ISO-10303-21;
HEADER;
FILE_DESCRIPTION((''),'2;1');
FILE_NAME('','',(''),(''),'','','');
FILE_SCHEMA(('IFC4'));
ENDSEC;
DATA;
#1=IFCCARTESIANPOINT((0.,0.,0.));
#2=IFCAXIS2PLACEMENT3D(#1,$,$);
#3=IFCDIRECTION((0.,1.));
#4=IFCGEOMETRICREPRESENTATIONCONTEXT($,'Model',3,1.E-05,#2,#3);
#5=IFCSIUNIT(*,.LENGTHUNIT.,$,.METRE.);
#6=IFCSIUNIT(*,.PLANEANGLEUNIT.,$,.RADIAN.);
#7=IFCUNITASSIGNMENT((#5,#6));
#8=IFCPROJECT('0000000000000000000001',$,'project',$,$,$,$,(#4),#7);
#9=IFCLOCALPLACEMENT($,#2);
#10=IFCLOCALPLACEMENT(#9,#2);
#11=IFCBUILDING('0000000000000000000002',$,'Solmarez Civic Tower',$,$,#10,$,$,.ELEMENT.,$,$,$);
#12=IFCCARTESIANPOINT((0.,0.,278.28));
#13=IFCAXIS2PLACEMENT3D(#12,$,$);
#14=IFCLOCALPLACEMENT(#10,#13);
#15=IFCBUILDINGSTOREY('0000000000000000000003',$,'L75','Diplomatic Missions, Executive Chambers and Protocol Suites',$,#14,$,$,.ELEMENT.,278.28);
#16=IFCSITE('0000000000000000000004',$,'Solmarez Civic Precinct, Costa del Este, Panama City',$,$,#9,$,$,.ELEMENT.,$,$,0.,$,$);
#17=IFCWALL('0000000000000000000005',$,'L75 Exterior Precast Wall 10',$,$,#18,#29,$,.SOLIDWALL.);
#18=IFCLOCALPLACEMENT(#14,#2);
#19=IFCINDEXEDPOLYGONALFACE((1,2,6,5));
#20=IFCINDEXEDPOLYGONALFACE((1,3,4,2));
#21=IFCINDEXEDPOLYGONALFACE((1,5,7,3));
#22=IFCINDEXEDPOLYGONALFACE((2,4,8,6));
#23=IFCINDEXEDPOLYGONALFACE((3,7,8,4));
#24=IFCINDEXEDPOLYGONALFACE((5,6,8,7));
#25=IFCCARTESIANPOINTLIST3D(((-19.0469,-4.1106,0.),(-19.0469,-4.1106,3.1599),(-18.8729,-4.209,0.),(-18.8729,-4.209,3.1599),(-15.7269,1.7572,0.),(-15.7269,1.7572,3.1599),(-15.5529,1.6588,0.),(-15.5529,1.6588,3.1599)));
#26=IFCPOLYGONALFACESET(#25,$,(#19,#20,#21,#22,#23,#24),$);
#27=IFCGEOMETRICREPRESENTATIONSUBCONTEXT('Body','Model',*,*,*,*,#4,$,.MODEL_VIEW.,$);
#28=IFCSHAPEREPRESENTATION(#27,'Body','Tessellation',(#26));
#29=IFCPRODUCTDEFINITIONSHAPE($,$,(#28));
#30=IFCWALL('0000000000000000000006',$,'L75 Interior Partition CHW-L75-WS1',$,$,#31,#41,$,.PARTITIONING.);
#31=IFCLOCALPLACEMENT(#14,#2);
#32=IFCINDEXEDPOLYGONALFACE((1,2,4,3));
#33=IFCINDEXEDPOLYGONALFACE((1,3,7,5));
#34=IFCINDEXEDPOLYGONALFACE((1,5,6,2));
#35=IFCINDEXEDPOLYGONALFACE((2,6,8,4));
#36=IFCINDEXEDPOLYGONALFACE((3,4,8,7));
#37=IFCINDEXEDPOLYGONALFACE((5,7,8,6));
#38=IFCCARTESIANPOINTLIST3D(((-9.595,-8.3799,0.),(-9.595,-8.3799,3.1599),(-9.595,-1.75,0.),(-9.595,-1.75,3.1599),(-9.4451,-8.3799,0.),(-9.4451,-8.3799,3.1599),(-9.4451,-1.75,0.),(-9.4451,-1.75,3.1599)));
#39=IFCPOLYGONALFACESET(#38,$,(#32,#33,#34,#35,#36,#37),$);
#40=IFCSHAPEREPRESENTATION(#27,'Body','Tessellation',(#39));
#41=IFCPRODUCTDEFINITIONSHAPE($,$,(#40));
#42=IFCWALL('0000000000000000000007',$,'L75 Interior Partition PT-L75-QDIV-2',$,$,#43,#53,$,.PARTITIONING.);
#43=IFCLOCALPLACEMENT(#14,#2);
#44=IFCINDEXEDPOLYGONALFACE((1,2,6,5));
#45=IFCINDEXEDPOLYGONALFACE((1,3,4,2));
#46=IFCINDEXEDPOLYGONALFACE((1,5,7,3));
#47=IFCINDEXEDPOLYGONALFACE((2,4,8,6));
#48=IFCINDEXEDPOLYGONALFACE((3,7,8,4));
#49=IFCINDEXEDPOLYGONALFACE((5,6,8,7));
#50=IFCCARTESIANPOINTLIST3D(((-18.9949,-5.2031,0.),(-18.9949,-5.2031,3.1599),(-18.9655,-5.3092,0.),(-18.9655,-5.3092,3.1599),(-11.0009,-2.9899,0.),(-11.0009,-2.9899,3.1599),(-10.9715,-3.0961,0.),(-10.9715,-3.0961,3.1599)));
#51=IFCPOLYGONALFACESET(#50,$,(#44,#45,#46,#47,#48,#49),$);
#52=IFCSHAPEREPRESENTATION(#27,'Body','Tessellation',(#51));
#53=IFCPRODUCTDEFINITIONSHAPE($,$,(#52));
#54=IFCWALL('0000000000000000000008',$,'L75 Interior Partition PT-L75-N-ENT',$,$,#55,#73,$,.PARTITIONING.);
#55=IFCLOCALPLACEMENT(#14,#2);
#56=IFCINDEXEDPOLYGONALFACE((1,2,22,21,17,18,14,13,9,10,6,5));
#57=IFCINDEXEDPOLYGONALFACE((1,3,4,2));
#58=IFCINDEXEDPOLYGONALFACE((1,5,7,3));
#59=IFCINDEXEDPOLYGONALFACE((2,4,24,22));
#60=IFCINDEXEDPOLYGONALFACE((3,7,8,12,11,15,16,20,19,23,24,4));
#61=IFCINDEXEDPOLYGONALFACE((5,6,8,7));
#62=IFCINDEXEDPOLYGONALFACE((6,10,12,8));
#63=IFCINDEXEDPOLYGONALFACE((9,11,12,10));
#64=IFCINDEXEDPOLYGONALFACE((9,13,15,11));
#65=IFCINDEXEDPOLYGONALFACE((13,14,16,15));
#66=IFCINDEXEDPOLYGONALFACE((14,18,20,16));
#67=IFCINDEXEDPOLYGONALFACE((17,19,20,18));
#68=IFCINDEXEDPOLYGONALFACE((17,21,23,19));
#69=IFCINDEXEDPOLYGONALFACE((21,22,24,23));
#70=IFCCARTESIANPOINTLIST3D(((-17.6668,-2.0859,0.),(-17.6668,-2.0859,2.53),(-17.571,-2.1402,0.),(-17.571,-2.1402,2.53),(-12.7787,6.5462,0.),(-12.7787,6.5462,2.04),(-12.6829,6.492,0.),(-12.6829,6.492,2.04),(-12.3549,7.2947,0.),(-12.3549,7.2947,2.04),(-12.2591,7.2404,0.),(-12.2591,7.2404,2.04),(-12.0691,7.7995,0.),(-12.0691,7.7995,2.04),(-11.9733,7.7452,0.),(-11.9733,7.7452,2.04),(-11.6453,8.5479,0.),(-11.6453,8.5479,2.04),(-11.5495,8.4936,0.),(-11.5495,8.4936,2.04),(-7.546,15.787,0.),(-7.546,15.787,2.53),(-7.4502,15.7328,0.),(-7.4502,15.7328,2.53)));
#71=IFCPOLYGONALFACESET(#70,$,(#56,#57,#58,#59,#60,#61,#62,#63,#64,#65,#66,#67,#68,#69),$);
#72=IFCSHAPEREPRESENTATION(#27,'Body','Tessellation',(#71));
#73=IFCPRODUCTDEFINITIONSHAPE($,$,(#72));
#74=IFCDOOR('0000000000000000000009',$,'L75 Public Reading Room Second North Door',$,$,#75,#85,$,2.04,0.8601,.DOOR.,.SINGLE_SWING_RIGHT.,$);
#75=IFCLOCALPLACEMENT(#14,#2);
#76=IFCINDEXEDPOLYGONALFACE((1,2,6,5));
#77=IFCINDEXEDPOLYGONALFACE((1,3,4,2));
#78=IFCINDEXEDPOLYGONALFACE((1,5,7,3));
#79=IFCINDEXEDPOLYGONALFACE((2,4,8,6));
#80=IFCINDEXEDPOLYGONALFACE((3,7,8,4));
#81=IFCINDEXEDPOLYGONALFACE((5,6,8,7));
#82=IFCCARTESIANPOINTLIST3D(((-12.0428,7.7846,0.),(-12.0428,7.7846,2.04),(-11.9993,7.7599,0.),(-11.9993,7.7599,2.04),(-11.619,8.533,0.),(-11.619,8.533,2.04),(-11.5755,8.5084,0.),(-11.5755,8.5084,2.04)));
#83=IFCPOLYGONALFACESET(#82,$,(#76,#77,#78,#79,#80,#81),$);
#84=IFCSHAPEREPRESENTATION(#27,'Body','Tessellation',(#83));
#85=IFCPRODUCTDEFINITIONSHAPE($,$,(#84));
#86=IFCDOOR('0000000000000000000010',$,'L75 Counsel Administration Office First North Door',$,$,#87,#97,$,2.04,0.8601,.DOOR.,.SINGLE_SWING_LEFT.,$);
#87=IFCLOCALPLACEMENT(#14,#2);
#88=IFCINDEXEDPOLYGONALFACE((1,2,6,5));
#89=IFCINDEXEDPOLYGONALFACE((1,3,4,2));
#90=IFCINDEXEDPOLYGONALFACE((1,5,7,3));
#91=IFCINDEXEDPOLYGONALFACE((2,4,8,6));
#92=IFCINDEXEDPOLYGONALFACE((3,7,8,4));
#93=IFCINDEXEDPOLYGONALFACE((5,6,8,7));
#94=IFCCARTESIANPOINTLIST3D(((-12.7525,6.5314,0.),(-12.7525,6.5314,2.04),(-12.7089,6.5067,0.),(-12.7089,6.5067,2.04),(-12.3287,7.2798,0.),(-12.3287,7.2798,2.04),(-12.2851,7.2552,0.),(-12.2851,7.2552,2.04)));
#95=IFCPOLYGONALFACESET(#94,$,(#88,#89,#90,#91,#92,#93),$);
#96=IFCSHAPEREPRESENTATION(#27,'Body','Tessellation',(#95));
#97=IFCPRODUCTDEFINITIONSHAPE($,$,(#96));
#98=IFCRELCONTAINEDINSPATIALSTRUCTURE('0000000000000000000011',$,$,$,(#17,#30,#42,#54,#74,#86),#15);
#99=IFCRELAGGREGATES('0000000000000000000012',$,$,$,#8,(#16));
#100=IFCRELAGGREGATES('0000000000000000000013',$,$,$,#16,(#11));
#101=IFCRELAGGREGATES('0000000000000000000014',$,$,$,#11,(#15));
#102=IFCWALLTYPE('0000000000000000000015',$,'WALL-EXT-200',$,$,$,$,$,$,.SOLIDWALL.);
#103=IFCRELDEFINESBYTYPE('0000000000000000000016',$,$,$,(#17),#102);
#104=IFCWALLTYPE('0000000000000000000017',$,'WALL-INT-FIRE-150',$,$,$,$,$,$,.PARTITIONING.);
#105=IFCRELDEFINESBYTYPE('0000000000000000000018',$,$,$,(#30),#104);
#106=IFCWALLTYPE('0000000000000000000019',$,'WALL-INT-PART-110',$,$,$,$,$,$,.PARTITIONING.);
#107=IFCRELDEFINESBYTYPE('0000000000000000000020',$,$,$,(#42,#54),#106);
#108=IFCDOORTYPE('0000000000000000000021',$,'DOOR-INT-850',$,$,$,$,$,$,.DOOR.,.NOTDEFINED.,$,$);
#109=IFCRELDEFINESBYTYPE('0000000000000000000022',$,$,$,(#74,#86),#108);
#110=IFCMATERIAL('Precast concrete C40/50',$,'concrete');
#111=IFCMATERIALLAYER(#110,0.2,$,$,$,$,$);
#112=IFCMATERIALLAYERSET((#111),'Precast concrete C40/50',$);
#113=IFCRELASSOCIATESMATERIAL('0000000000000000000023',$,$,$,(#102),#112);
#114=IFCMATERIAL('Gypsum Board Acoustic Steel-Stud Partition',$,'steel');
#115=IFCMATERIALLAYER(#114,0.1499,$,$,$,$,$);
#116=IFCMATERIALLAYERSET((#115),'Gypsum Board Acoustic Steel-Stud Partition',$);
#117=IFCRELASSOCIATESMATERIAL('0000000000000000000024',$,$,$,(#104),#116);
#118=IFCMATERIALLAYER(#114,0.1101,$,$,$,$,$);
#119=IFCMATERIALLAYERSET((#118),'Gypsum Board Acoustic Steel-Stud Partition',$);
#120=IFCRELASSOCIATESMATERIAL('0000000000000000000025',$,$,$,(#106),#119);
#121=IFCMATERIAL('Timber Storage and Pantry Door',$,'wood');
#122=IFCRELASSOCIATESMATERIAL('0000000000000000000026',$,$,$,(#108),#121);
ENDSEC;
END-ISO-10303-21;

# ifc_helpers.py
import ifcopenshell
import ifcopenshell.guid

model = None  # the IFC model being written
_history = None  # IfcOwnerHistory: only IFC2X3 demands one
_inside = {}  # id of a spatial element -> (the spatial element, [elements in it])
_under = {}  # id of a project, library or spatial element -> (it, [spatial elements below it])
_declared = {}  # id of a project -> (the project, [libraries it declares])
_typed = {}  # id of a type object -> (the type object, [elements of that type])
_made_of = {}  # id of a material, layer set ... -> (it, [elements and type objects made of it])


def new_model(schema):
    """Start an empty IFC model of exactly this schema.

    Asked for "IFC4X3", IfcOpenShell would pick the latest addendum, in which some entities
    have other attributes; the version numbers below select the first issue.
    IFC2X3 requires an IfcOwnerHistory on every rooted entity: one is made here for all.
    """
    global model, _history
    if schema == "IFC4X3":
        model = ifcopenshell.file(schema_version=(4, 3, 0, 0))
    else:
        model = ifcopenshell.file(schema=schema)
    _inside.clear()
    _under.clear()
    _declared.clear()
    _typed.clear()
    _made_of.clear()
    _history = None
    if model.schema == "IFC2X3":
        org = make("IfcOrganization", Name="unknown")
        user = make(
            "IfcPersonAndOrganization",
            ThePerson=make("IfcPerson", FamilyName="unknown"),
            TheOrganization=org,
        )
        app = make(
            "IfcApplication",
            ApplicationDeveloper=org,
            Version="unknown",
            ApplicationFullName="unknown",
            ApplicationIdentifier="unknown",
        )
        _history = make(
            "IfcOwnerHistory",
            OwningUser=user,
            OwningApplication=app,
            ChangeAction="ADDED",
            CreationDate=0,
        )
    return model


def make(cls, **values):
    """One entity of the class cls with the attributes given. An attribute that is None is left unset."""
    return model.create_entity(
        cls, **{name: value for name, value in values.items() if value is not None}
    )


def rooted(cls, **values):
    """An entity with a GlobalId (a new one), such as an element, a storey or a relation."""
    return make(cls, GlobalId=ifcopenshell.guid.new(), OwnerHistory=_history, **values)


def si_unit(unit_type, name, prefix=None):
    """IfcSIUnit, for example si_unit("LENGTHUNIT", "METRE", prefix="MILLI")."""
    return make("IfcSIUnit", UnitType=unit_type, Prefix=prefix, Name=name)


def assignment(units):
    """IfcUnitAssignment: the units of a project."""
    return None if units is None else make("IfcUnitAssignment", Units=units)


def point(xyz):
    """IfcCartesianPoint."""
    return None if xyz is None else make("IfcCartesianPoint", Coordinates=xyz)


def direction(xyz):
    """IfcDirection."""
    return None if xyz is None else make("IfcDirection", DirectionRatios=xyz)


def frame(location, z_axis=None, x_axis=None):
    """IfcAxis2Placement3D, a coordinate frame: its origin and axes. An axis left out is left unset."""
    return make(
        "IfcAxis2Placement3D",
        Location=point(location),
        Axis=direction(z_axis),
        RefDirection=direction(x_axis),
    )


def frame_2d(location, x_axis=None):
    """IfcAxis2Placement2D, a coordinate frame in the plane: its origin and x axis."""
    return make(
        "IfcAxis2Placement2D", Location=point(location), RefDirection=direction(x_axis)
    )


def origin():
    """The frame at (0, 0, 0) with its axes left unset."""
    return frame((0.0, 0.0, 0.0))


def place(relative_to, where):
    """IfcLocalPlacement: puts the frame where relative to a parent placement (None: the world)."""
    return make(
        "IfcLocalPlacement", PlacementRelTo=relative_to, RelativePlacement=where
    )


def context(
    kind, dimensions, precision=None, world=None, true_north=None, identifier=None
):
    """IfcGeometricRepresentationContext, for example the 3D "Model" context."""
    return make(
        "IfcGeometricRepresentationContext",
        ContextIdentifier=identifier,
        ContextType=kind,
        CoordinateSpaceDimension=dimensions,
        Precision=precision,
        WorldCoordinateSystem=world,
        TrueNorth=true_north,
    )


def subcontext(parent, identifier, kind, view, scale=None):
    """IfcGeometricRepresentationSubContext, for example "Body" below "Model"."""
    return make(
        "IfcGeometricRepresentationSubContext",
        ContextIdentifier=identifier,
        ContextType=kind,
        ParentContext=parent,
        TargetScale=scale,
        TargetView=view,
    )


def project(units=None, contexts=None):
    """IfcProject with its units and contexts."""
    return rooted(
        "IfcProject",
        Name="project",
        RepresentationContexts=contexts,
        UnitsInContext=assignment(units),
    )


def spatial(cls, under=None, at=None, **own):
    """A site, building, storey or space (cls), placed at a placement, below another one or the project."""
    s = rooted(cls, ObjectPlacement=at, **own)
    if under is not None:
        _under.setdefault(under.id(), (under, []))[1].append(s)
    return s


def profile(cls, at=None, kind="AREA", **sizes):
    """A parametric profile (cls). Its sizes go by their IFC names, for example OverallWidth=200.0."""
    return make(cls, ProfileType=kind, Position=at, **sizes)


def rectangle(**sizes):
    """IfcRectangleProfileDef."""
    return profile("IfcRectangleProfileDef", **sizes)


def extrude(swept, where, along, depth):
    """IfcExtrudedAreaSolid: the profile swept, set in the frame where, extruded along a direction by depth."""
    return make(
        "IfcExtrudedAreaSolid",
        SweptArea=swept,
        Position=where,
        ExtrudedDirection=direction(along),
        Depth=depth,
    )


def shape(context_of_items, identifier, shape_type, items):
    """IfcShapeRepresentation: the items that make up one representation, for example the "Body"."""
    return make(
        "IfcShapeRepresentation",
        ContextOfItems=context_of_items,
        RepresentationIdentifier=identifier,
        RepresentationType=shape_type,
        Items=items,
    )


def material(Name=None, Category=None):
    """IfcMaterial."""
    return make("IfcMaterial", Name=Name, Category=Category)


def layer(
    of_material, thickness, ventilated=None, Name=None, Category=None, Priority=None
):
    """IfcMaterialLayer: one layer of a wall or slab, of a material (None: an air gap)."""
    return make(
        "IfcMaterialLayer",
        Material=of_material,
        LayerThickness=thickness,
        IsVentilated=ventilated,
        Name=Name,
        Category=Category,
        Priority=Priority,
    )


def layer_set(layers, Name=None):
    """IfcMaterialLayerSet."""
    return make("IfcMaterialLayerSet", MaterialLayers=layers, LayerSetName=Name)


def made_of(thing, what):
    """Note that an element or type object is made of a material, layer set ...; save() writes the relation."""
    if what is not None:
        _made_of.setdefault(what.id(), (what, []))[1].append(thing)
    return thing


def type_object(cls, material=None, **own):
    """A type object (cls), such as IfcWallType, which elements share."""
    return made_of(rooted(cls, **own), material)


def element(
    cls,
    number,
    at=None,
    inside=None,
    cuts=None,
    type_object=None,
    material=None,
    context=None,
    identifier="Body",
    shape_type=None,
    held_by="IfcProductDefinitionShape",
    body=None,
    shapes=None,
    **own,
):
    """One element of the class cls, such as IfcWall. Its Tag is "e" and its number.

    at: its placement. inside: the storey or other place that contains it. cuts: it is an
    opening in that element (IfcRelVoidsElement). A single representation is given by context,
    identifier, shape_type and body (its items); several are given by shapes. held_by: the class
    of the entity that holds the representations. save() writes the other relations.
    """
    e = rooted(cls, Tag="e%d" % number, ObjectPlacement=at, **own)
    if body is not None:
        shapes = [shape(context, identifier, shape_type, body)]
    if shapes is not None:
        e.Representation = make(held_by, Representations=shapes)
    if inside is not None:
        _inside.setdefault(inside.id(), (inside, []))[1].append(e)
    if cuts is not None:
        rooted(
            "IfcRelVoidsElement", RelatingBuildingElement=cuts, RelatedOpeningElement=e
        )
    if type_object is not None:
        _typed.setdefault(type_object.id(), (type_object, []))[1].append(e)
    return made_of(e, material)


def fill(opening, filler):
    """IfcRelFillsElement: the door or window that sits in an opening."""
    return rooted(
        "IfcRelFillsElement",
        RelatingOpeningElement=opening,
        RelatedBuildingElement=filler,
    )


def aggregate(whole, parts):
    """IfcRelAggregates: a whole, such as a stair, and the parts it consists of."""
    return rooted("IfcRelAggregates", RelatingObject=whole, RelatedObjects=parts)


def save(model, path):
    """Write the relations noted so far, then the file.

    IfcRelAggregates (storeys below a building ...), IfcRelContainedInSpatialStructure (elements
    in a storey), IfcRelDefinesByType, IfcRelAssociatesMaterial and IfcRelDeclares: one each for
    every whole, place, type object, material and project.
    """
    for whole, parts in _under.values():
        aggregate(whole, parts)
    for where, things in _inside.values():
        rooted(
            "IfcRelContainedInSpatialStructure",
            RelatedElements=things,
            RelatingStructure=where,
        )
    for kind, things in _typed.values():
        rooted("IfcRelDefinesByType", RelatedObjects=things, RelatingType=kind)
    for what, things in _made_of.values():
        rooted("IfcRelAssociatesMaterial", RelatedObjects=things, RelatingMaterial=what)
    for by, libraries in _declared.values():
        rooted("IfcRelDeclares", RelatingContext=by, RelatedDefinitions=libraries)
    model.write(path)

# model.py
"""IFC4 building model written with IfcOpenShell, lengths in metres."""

from ifc_helpers import new_model, si_unit, direction, frame, frame_2d, origin, place, context, subcontext, project, spatial, rectangle, extrude, material, layer, layer_set, type_object, element, fill, save


model = new_model("IFC4")

# Units and contexts
model_context = context("Model", 3, precision=1e-05, world=origin(), true_north=direction((0.0, 1.0)))
body_context = subcontext(model_context, "Body", "Model", "MODEL_VIEW")
ifc_project = project(units=[si_unit("LENGTHUNIT", "METRE"), si_unit("PLANEANGLEUNIT", "RADIAN")], contexts=[model_context])

# Site, building, storey
site_placement = place(None, origin())
site = spatial("IfcSite", under=ifc_project, at=site_placement, Name="Solmarez Civic Precinct, Costa del Este, Panama City", CompositionType="ELEMENT", RefElevation=0.0)
building_placement = place(site_placement, origin())
building = spatial("IfcBuilding", under=site, at=building_placement, Name="Solmarez Civic Tower", CompositionType="ELEMENT")
storey_placement = place(building_placement, frame((0.0, 0.0, 278.28)))
storey = spatial("IfcBuildingStorey", under=building, at=storey_placement, Name="L75", Description="Diplomatic Missions, Executive Chambers and Protocol Suites", CompositionType="ELEMENT", Elevation=278.28)

# Walls
ifc_material_1 = material(Name="Precast concrete C40/50", Category="concrete")
ifc_layer_1 = layer(ifc_material_1, 0.2)
ifc_layer_set_1 = layer_set([ifc_layer_1], Name="Precast concrete C40/50")
wall_type_1 = type_object("IfcWallType", Name="WALL-EXT-200", PredefinedType="SOLIDWALL", material=ifc_layer_set_1)
wall_1_placement = place(storey_placement, frame((-18.96, -4.1599, 0.0), z_axis=(0.0, 0.0, 1.0), x_axis=(0.492441, 0.870346, 0.0)))
element("IfcWall", 1, at=wall_1_placement, inside=storey, type_object=wall_type_1, Name="L75 Exterior Precast Wall 10", PredefinedType="SOLIDWALL", context=body_context, shape_type="SweptSolid", body=[
    extrude(rectangle(XDim=6.7419, YDim=0.2, at=frame_2d((3.3711, 0.0))), origin(), (0.0, 0.0, 1.0), 3.1599),
])
ifc_material_2 = material(Name="Gypsum Board Acoustic Steel-Stud Partition", Category="steel")
ifc_layer_2 = layer(ifc_material_2, 0.1499)
ifc_layer_set_2 = layer_set([ifc_layer_2], Name="Gypsum Board Acoustic Steel-Stud Partition")
wall_type_2 = type_object("IfcWallType", Name="WALL-INT-FIRE-150", PredefinedType="PARTITIONING", material=ifc_layer_set_2)
wall_2_placement = place(storey_placement, frame((-9.52, -8.3799, 0.0), z_axis=(0.0, 0.0, 1.0), x_axis=(0.0, 1.0, 0.0)))
element("IfcWall", 2, at=wall_2_placement, inside=storey, type_object=wall_type_2, Name="L75 Interior Partition CHW-L75-WS1", PredefinedType="PARTITIONING", context=body_context, shape_type="SweptSolid", body=[
    extrude(rectangle(XDim=6.6299, YDim=0.1499, at=frame_2d((3.3149, 0.0))), origin(), (0.0, 0.0, 1.0), 3.1599),
])
ifc_layer_3 = layer(ifc_material_2, 0.1101)
ifc_layer_set_3 = layer_set([ifc_layer_3], Name="Gypsum Board Acoustic Steel-Stud Partition")
wall_type_3 = type_object("IfcWallType", Name="WALL-INT-PART-110", PredefinedType="PARTITIONING", material=ifc_layer_set_3)
wall_3_placement = place(storey_placement, frame((-10.9861, -3.043, 0.0), z_axis=(0.0, 0.0, 1.0), x_axis=(-0.963747, -0.266816, 0.0)))
element("IfcWall", 3, at=wall_3_placement, inside=storey, type_object=wall_type_3, Name="L75 Interior Partition PT-L75-QDIV-2", PredefinedType="PARTITIONING", context=body_context, shape_type="SweptSolid", body=[
    extrude(rectangle(XDim=8.2947, YDim=0.1101, at=frame_2d((4.1475, 0.0))), origin(), (0.0, 0.0, 1.0), 3.1599),
])

# Wall, openings, doors
wall_4_placement = place(storey_placement, frame((-17.6189, -2.113, 0.0), z_axis=(0.0, 0.0, 1.0), x_axis=(0.492747, 0.870173, 0.0)))
wall_4 = element("IfcWall", 4, at=wall_4_placement, inside=storey, type_object=wall_type_3, Name="L75 Interior Partition PT-L75-N-ENT", PredefinedType="PARTITIONING", context=body_context, shape_type="SweptSolid", body=[
    extrude(rectangle(XDim=20.5396, YDim=0.1101, at=frame_2d((10.2698, 0.0))), origin(), (0.0, 0.0, 1.0), 2.53),
])
opening_1_placement = place(wall_4_placement, frame((11.3601, 0.0, 0.0)))
opening_1 = element("IfcOpeningElement", 5, at=opening_1_placement, cuts=wall_4, PredefinedType="OPENING", context=body_context, shape_type="SweptSolid", body=[
    extrude(rectangle(XDim=0.8601, YDim=2.04, at=frame_2d((0.4302, 1.02))), frame((0.0, 0.0649, 0.0), z_axis=(0.0, -1.0, 0.0), x_axis=(1.0, 0.0, 0.0)), (0.0, 0.0, 1.0), 0.1301),
])
opening_2_placement = place(wall_4_placement, frame((9.9199, 0.0, 0.0)))
opening_2 = element("IfcOpeningElement", 6, at=opening_2_placement, cuts=wall_4, PredefinedType="OPENING", context=body_context, shape_type="SweptSolid", body=[
    extrude(rectangle(XDim=0.8601, YDim=2.04, at=frame_2d((0.4302, 1.02))), frame((0.0, 0.0649, 0.0), z_axis=(0.0, -1.0, 0.0), x_axis=(1.0, 0.0, 0.0)), (0.0, 0.0, 1.0), 0.1301),
])
ifc_material_3 = material(Name="Timber Storage and Pantry Door", Category="wood")
door_type = type_object("IfcDoorType", Name="DOOR-INT-850", OperationType="NOTDEFINED", PredefinedType="DOOR", material=ifc_material_3)
door_1_placement = place(opening_1_placement, origin())
door_1 = element("IfcDoor", 7, at=door_1_placement, inside=storey, type_object=door_type, Name="L75 Public Reading Room Second North Door", OperationType="SINGLE_SWING_RIGHT", OverallHeight=2.04, OverallWidth=0.8601, PredefinedType="DOOR", context=body_context, shape_type="SweptSolid", body=[
    extrude(rectangle(XDim=0.8601, YDim=2.04, at=frame_2d((0.4302, 1.02))), frame((0.0, 0.0249, 0.0), z_axis=(0.0, -1.0, 0.0), x_axis=(1.0, 0.0, 0.0)), (0.0, 0.0, 1.0), 0.05),
])
fill(opening_1, door_1)
door_2_placement = place(opening_2_placement, origin())
door_2 = element("IfcDoor", 8, at=door_2_placement, inside=storey, type_object=door_type, Name="L75 Counsel Administration Office First North Door", OperationType="SINGLE_SWING_LEFT", OverallHeight=2.04, OverallWidth=0.8601, PredefinedType="DOOR", context=body_context, shape_type="SweptSolid", body=[
    extrude(rectangle(XDim=0.8601, YDim=2.04, at=frame_2d((0.4302, 1.02))), frame((0.0, 0.0249, 0.0), z_axis=(0.0, -1.0, 0.0), x_axis=(1.0, 0.0, 0.0)), (0.0, 0.0, 1.0), 0.05),
])
fill(opening_2, door_2)

save(model, "model.ifc")
